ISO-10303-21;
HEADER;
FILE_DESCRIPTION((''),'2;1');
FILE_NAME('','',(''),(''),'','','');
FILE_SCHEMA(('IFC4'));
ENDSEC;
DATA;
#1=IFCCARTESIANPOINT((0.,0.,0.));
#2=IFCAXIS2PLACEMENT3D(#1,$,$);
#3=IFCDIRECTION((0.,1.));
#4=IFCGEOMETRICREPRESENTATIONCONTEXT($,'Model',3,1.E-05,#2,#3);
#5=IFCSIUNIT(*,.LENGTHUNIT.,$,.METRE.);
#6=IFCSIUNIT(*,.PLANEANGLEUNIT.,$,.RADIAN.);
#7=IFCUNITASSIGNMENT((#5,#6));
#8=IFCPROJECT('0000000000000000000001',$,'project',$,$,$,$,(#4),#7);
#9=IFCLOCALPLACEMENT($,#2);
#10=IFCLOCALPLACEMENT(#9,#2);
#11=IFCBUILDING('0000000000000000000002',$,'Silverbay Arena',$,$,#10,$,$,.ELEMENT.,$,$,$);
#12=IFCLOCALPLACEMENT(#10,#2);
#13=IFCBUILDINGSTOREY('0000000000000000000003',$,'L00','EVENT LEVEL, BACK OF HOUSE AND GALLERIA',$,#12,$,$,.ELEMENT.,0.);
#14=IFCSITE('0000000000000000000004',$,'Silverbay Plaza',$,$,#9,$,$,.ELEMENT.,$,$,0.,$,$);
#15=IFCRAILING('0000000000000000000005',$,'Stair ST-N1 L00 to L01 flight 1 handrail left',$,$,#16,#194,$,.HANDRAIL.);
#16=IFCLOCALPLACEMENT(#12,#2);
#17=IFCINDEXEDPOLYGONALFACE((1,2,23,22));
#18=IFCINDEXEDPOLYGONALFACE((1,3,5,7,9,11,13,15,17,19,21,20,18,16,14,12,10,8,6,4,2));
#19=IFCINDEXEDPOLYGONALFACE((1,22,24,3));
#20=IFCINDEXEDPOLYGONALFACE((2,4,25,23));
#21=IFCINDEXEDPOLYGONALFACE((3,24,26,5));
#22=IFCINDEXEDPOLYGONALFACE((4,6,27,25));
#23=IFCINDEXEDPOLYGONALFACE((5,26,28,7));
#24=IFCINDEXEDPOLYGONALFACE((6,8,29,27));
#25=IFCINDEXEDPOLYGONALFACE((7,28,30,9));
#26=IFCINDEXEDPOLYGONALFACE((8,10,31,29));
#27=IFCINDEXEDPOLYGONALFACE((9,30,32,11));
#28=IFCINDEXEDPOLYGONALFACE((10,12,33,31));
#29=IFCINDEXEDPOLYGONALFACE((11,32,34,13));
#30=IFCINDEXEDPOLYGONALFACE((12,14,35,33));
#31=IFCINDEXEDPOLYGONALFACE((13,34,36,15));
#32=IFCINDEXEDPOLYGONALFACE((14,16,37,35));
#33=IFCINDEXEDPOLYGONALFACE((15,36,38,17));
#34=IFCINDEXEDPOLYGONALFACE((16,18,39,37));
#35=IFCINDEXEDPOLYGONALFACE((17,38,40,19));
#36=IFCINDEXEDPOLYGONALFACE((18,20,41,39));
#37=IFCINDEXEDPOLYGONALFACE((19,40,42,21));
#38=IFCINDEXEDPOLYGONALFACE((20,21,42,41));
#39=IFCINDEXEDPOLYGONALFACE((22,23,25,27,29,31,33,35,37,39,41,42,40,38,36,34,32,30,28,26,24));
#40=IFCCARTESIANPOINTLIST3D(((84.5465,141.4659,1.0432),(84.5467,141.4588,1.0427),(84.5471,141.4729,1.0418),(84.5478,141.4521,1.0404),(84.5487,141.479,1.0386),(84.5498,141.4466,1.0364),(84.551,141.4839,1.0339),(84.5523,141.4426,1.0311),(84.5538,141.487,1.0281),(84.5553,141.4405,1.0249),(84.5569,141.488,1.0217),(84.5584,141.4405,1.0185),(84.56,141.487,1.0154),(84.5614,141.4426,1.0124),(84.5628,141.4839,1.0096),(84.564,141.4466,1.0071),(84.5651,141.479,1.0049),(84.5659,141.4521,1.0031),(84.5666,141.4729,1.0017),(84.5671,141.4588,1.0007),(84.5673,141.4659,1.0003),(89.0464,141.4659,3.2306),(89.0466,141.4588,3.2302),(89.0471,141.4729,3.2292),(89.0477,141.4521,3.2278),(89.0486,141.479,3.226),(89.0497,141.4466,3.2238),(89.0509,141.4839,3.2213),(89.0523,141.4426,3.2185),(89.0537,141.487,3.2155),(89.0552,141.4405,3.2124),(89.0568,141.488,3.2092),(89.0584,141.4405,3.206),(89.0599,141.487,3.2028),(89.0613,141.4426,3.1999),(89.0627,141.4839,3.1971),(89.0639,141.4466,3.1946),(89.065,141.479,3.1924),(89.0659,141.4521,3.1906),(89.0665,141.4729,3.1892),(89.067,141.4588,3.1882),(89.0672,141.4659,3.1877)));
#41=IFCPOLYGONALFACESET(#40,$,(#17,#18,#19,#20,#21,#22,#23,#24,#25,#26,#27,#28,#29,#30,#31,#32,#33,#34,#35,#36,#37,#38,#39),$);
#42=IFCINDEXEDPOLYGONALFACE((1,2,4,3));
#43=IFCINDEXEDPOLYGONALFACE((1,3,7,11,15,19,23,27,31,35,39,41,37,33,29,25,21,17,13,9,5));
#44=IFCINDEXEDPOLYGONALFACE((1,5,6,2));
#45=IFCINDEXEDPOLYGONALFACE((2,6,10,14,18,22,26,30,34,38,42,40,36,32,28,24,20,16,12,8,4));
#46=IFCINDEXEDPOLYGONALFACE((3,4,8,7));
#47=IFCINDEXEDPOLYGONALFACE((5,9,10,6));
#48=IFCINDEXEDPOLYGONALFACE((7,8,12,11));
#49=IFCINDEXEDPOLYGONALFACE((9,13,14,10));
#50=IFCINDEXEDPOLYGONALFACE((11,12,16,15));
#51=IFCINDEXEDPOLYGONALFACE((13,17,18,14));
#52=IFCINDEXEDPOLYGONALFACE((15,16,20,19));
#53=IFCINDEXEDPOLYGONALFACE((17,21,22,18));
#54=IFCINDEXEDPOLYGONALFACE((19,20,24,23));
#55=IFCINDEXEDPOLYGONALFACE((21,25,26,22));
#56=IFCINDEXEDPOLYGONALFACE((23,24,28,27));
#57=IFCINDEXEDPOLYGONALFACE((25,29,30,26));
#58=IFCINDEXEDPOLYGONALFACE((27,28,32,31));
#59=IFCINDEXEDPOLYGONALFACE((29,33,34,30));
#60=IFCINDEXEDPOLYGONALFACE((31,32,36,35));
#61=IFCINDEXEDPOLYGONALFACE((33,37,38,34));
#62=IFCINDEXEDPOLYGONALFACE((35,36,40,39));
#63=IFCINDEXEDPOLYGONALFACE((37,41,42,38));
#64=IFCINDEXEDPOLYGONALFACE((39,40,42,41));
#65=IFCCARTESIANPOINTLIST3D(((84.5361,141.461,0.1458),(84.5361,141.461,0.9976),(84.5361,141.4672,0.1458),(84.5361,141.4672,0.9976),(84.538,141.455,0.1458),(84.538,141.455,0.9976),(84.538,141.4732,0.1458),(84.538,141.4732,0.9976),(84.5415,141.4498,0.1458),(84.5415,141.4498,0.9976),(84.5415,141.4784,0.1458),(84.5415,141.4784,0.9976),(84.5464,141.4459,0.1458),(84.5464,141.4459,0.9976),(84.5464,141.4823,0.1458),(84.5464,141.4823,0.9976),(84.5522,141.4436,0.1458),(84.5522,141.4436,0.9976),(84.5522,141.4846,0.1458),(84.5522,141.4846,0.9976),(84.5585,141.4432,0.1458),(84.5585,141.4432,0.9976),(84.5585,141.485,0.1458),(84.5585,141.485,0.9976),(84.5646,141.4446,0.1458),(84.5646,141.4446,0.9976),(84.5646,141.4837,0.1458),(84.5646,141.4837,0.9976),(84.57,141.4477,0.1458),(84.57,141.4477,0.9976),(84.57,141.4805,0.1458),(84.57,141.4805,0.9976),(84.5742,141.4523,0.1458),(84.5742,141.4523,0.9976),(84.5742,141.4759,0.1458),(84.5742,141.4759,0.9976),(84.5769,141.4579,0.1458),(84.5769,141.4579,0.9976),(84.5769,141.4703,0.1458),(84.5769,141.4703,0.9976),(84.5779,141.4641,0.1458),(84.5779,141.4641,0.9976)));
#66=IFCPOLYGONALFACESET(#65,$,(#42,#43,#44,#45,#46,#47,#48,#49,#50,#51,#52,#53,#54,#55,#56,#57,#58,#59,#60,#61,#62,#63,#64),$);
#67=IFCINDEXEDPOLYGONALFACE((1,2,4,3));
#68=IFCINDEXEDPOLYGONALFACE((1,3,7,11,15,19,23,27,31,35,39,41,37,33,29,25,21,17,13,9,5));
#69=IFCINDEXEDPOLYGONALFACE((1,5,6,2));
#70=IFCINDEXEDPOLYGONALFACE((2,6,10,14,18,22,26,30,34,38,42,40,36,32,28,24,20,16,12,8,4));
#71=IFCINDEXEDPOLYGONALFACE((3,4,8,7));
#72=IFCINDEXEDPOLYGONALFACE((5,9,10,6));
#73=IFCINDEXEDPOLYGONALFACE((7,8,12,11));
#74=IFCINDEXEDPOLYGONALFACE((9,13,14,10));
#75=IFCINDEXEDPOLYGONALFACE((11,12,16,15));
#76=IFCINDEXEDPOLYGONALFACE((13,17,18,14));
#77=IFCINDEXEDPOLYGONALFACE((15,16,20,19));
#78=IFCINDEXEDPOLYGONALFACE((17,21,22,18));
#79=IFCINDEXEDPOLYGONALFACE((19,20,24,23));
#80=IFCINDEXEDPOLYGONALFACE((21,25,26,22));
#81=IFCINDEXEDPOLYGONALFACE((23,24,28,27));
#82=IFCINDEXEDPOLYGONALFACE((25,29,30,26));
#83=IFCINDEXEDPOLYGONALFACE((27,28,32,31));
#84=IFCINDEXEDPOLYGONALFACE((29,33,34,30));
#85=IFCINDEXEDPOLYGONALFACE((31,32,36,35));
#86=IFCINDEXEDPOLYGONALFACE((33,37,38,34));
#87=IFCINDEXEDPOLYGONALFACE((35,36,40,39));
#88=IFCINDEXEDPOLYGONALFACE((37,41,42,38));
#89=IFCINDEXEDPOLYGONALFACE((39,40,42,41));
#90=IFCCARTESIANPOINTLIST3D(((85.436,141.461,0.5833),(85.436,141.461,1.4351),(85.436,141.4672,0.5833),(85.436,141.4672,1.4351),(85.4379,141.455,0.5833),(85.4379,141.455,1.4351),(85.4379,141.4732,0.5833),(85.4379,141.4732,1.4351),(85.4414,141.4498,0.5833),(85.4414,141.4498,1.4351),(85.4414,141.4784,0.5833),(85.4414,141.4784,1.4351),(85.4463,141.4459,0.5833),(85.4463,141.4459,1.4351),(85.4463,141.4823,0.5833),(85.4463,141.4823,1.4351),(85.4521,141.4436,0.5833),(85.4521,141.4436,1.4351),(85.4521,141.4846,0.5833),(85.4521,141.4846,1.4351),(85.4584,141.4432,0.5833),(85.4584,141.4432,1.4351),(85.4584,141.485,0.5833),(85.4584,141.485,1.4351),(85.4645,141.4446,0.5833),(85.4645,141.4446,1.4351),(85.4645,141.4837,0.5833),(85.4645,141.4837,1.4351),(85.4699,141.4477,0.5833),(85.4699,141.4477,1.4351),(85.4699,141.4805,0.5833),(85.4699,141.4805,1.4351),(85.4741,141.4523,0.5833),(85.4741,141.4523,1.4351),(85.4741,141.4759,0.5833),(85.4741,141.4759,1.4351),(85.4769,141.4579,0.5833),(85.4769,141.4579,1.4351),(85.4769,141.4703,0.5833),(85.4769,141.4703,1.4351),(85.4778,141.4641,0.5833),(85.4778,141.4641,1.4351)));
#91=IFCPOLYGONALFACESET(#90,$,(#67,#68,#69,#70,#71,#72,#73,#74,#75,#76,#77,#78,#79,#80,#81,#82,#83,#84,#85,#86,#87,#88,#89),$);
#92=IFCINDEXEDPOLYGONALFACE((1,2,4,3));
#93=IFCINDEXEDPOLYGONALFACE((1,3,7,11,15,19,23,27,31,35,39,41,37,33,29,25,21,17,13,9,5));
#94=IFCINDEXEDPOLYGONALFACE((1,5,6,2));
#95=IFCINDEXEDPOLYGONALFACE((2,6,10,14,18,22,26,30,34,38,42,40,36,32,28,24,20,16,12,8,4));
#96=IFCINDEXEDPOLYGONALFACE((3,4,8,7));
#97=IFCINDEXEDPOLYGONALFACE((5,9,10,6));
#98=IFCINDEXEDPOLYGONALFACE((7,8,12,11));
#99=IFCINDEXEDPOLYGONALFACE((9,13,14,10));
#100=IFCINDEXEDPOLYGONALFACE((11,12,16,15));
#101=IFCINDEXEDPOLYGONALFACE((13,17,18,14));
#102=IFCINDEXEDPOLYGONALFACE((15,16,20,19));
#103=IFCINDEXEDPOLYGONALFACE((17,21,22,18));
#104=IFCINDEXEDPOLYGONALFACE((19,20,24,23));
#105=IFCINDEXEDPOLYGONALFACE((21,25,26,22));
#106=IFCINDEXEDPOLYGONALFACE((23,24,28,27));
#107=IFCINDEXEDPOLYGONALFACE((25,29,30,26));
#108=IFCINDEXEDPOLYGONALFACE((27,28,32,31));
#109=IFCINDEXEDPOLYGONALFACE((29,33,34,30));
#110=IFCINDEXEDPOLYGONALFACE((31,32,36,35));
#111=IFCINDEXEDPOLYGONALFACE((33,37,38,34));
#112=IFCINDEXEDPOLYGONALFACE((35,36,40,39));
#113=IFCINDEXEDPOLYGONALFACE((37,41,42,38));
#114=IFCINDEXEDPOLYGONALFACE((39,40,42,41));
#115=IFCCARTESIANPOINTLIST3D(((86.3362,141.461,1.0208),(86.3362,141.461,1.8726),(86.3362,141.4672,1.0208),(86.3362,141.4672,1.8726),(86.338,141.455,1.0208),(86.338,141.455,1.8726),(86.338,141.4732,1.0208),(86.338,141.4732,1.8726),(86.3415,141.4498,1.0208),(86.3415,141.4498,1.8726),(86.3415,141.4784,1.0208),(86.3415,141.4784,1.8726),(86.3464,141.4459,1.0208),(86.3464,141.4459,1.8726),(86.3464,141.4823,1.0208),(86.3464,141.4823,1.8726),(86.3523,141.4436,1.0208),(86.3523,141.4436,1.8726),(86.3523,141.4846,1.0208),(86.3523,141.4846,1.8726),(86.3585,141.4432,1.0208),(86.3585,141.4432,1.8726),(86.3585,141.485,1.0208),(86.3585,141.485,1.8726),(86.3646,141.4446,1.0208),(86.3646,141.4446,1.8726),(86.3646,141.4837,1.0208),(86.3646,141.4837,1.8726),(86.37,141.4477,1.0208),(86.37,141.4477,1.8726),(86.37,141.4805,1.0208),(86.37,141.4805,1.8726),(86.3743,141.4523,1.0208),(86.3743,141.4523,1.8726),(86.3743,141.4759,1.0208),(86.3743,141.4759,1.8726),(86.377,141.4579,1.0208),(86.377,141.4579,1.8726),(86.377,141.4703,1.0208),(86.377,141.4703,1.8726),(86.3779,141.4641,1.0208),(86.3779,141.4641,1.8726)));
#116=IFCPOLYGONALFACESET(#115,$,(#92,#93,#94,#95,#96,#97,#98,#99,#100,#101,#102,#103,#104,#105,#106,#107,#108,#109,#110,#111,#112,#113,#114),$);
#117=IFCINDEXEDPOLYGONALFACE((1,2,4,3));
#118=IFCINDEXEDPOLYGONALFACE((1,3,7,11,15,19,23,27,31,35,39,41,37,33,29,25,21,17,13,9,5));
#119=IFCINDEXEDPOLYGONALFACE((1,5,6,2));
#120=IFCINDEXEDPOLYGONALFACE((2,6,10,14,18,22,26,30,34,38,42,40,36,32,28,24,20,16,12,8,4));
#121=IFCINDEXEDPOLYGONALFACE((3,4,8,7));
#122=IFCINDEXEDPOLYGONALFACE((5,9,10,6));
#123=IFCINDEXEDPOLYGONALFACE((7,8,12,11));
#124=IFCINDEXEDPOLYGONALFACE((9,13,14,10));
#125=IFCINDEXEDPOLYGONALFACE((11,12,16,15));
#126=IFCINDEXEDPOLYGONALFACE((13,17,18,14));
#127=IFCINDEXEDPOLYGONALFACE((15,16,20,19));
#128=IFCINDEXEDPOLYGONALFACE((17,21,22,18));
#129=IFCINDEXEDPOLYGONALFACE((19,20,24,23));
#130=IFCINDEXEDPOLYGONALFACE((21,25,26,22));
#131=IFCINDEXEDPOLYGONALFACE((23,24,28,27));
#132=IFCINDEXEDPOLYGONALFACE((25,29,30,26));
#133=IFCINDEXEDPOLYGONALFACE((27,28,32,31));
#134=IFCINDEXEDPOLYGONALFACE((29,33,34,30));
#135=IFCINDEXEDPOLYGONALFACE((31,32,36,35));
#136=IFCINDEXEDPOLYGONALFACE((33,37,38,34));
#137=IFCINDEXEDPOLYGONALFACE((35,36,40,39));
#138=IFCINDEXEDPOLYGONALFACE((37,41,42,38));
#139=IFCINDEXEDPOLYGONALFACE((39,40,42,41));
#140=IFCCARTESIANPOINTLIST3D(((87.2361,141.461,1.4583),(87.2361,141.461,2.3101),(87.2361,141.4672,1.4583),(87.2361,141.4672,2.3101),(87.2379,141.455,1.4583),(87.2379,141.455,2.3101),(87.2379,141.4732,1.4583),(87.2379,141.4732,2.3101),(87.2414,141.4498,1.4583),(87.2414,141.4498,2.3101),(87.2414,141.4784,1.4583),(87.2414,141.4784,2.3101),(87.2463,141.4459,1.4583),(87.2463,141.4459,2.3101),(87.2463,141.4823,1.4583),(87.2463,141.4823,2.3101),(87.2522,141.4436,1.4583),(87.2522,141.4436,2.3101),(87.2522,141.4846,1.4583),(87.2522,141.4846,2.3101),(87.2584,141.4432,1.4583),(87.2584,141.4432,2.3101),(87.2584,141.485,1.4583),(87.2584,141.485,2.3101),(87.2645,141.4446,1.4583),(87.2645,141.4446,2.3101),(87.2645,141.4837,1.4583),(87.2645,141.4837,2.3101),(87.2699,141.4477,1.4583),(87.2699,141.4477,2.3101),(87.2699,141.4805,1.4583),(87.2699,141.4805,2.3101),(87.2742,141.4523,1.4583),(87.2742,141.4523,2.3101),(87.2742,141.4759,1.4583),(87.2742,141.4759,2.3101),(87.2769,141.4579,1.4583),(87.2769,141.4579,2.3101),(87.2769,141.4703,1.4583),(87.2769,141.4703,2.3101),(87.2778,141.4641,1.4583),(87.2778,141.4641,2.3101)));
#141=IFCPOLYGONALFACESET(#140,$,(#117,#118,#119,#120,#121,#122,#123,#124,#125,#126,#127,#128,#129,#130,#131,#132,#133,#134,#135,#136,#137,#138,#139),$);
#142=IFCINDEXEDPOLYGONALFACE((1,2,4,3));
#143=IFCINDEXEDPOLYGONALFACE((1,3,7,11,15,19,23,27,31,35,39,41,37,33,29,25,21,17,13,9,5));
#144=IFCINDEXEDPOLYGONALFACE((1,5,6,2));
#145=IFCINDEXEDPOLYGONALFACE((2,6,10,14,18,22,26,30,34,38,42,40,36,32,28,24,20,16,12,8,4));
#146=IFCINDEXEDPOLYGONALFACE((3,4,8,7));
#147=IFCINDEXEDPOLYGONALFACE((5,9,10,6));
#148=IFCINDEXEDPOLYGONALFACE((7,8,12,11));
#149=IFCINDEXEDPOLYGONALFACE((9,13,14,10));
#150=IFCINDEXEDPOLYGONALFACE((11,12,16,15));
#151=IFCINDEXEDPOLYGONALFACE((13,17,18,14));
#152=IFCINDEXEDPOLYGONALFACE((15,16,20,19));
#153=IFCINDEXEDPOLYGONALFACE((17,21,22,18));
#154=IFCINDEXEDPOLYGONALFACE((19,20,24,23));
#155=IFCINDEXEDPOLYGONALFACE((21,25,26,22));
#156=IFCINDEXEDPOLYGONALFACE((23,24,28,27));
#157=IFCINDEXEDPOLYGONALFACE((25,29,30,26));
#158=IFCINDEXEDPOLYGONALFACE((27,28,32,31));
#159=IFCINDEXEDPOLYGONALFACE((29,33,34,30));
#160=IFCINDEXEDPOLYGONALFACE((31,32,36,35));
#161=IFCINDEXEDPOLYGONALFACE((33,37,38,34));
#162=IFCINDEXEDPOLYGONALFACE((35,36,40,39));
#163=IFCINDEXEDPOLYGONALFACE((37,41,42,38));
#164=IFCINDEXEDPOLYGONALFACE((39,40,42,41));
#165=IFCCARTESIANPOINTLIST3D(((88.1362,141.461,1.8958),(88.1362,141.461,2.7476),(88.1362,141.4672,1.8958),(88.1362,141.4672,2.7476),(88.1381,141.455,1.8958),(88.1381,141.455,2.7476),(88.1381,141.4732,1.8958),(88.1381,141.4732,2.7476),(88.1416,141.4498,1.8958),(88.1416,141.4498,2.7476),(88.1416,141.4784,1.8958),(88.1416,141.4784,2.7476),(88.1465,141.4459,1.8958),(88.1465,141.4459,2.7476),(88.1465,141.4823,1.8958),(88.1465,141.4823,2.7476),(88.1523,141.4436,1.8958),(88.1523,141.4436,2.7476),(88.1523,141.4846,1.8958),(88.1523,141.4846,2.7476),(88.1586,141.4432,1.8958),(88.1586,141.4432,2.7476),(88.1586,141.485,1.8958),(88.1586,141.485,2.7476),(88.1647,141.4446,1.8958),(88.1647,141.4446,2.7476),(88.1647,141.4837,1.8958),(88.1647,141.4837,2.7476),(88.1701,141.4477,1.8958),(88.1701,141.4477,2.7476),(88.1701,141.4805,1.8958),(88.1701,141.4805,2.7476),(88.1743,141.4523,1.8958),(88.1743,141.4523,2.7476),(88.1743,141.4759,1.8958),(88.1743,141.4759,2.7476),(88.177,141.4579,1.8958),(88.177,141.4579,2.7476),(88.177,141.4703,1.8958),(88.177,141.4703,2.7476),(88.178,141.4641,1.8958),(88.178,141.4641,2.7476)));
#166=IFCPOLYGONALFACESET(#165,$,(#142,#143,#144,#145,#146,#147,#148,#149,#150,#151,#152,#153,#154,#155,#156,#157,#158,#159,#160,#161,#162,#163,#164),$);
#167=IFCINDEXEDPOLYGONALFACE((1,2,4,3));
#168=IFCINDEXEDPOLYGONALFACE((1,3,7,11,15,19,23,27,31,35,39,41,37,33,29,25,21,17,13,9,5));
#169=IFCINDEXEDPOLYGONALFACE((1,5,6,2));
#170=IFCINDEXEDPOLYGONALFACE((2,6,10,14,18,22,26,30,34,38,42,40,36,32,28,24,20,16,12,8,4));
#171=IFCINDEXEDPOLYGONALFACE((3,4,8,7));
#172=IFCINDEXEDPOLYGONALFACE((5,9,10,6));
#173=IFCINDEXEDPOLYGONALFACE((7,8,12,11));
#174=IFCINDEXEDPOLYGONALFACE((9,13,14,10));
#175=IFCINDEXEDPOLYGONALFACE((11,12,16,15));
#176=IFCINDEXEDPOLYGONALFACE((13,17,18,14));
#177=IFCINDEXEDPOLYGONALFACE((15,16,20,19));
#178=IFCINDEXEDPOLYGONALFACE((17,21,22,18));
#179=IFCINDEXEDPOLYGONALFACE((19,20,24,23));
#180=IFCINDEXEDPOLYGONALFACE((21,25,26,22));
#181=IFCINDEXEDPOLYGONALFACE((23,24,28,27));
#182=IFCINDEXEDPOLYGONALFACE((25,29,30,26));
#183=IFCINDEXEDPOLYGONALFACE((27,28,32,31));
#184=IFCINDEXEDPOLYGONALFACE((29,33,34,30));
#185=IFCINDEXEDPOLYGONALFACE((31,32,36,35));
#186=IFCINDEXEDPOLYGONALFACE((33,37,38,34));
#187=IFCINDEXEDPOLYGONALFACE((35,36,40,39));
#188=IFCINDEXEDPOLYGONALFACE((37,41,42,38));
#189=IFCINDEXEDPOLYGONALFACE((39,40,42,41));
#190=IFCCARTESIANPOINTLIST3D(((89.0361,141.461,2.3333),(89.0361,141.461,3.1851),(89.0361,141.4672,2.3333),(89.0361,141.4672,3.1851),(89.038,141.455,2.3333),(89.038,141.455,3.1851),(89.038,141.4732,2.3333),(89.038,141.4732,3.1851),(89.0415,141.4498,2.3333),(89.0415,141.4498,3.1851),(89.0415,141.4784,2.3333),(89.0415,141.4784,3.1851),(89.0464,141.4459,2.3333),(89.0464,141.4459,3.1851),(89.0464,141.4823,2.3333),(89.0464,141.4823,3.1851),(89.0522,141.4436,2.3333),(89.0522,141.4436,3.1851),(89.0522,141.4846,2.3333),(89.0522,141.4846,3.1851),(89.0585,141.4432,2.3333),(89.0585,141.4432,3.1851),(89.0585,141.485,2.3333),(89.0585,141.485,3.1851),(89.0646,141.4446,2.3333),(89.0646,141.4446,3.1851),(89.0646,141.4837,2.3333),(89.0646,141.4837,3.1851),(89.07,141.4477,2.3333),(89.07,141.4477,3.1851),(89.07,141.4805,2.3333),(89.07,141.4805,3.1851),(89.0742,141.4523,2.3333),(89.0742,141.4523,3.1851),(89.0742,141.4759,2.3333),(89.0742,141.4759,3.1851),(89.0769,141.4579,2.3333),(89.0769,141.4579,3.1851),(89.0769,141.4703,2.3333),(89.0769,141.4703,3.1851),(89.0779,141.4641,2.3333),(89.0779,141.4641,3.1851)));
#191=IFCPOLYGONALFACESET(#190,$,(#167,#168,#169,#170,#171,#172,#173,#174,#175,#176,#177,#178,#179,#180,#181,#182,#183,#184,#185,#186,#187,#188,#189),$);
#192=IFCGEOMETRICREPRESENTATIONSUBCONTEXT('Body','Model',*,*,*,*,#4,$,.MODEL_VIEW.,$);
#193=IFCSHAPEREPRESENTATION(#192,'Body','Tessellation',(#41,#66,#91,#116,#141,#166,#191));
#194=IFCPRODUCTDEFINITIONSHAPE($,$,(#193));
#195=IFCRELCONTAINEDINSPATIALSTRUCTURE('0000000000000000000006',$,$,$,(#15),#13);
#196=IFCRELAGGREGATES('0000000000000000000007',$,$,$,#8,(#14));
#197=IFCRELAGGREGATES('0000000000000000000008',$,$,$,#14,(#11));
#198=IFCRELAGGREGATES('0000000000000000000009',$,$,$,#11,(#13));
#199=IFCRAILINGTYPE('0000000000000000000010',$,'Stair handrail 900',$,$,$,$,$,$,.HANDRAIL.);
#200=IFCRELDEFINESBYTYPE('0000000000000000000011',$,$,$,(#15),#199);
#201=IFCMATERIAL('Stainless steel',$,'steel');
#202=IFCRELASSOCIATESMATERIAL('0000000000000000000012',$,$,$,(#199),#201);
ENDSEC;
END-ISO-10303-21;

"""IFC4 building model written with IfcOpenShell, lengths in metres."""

from ifc_helpers import new_model, si_unit, direction, frame, origin, origin_2d, place, context, subcontext, project, spatial, circle, extrude, material, type_object, element, save


model = new_model("IFC4")

# Units and contexts
model_context = context("Model", 3, precision=1e-05, world=origin(), true_north=direction((0.0, 1.0)))
body_context = subcontext(model_context, "Body", "Model", "MODEL_VIEW")
ifc_project = project(units=[si_unit("LENGTHUNIT", "METRE"), si_unit("PLANEANGLEUNIT", "RADIAN")], contexts=[model_context])

# Site, building, storey
site_placement = place(None, origin())
site = spatial("IfcSite", under=ifc_project, at=site_placement, Name="Silverbay Plaza", CompositionType="ELEMENT", RefElevation=0.0)
building_placement = place(site_placement, origin())
building = spatial("IfcBuilding", under=site, at=building_placement, Name="Silverbay Arena", CompositionType="ELEMENT")
storey_placement = place(building_placement, origin())
storey = spatial("IfcBuildingStorey", under=building, at=storey_placement, Name="L00", Description="EVENT LEVEL, BACK OF HOUSE AND GALLERIA", CompositionType="ELEMENT", Elevation=0.0)

# Railing
ifc_material_1 = material(Name="Stainless steel", Category="steel")
railing_type_1 = type_object("IfcRailingType", Name="Stair handrail 900", PredefinedType="HANDRAIL", material=ifc_material_1)
for number, where, name in (
    (1, (84.5569, 141.4641, 0.1458), "Stair ST-N1 L00 to L01 flight 1 handrail left"),
):
    element("IfcRailing", number, at=place(storey_placement, frame(where)), inside=storey, type_object=railing_type_1, Name=name, PredefinedType="HANDRAIL", context=body_context, shape_type="SweptSolid", body=[
        extrude(circle(Radius=0.0239, at=origin_2d()), frame((0.0, 0.0, 0.876), z_axis=(0.899368, 0.0, 0.437193), x_axis=(0.0, 1.0, 0.0)), (0.0, 0.0, 1.0), 5.0034),
        extrude(circle(Radius=0.021, at=origin_2d()), origin(), (0.0, 0.0, 1.0), 0.8518),
        extrude(circle(Radius=0.021, at=origin_2d()), frame((0.8999, 0.0, 0.4375)), (0.0, 0.0, 1.0), 0.8518),
        extrude(circle(Radius=0.021, at=origin_2d()), frame((1.8, 0.0, 0.875)), (0.0, 0.0, 1.0), 0.8518),
        extrude(circle(Radius=0.021, at=origin_2d()), frame((2.7, 0.0, 1.3125)), (0.0, 0.0, 1.0), 0.8518),
        extrude(circle(Radius=0.021, at=origin_2d()), frame((3.6001, 0.0, 1.75)), (0.0, 0.0, 1.0), 0.8518),
        extrude(circle(Radius=0.021, at=origin_2d()), frame((4.5, 0.0, 2.1875)), (0.0, 0.0, 1.0), 0.8518),
    ])

save(model, "model.ifc")
